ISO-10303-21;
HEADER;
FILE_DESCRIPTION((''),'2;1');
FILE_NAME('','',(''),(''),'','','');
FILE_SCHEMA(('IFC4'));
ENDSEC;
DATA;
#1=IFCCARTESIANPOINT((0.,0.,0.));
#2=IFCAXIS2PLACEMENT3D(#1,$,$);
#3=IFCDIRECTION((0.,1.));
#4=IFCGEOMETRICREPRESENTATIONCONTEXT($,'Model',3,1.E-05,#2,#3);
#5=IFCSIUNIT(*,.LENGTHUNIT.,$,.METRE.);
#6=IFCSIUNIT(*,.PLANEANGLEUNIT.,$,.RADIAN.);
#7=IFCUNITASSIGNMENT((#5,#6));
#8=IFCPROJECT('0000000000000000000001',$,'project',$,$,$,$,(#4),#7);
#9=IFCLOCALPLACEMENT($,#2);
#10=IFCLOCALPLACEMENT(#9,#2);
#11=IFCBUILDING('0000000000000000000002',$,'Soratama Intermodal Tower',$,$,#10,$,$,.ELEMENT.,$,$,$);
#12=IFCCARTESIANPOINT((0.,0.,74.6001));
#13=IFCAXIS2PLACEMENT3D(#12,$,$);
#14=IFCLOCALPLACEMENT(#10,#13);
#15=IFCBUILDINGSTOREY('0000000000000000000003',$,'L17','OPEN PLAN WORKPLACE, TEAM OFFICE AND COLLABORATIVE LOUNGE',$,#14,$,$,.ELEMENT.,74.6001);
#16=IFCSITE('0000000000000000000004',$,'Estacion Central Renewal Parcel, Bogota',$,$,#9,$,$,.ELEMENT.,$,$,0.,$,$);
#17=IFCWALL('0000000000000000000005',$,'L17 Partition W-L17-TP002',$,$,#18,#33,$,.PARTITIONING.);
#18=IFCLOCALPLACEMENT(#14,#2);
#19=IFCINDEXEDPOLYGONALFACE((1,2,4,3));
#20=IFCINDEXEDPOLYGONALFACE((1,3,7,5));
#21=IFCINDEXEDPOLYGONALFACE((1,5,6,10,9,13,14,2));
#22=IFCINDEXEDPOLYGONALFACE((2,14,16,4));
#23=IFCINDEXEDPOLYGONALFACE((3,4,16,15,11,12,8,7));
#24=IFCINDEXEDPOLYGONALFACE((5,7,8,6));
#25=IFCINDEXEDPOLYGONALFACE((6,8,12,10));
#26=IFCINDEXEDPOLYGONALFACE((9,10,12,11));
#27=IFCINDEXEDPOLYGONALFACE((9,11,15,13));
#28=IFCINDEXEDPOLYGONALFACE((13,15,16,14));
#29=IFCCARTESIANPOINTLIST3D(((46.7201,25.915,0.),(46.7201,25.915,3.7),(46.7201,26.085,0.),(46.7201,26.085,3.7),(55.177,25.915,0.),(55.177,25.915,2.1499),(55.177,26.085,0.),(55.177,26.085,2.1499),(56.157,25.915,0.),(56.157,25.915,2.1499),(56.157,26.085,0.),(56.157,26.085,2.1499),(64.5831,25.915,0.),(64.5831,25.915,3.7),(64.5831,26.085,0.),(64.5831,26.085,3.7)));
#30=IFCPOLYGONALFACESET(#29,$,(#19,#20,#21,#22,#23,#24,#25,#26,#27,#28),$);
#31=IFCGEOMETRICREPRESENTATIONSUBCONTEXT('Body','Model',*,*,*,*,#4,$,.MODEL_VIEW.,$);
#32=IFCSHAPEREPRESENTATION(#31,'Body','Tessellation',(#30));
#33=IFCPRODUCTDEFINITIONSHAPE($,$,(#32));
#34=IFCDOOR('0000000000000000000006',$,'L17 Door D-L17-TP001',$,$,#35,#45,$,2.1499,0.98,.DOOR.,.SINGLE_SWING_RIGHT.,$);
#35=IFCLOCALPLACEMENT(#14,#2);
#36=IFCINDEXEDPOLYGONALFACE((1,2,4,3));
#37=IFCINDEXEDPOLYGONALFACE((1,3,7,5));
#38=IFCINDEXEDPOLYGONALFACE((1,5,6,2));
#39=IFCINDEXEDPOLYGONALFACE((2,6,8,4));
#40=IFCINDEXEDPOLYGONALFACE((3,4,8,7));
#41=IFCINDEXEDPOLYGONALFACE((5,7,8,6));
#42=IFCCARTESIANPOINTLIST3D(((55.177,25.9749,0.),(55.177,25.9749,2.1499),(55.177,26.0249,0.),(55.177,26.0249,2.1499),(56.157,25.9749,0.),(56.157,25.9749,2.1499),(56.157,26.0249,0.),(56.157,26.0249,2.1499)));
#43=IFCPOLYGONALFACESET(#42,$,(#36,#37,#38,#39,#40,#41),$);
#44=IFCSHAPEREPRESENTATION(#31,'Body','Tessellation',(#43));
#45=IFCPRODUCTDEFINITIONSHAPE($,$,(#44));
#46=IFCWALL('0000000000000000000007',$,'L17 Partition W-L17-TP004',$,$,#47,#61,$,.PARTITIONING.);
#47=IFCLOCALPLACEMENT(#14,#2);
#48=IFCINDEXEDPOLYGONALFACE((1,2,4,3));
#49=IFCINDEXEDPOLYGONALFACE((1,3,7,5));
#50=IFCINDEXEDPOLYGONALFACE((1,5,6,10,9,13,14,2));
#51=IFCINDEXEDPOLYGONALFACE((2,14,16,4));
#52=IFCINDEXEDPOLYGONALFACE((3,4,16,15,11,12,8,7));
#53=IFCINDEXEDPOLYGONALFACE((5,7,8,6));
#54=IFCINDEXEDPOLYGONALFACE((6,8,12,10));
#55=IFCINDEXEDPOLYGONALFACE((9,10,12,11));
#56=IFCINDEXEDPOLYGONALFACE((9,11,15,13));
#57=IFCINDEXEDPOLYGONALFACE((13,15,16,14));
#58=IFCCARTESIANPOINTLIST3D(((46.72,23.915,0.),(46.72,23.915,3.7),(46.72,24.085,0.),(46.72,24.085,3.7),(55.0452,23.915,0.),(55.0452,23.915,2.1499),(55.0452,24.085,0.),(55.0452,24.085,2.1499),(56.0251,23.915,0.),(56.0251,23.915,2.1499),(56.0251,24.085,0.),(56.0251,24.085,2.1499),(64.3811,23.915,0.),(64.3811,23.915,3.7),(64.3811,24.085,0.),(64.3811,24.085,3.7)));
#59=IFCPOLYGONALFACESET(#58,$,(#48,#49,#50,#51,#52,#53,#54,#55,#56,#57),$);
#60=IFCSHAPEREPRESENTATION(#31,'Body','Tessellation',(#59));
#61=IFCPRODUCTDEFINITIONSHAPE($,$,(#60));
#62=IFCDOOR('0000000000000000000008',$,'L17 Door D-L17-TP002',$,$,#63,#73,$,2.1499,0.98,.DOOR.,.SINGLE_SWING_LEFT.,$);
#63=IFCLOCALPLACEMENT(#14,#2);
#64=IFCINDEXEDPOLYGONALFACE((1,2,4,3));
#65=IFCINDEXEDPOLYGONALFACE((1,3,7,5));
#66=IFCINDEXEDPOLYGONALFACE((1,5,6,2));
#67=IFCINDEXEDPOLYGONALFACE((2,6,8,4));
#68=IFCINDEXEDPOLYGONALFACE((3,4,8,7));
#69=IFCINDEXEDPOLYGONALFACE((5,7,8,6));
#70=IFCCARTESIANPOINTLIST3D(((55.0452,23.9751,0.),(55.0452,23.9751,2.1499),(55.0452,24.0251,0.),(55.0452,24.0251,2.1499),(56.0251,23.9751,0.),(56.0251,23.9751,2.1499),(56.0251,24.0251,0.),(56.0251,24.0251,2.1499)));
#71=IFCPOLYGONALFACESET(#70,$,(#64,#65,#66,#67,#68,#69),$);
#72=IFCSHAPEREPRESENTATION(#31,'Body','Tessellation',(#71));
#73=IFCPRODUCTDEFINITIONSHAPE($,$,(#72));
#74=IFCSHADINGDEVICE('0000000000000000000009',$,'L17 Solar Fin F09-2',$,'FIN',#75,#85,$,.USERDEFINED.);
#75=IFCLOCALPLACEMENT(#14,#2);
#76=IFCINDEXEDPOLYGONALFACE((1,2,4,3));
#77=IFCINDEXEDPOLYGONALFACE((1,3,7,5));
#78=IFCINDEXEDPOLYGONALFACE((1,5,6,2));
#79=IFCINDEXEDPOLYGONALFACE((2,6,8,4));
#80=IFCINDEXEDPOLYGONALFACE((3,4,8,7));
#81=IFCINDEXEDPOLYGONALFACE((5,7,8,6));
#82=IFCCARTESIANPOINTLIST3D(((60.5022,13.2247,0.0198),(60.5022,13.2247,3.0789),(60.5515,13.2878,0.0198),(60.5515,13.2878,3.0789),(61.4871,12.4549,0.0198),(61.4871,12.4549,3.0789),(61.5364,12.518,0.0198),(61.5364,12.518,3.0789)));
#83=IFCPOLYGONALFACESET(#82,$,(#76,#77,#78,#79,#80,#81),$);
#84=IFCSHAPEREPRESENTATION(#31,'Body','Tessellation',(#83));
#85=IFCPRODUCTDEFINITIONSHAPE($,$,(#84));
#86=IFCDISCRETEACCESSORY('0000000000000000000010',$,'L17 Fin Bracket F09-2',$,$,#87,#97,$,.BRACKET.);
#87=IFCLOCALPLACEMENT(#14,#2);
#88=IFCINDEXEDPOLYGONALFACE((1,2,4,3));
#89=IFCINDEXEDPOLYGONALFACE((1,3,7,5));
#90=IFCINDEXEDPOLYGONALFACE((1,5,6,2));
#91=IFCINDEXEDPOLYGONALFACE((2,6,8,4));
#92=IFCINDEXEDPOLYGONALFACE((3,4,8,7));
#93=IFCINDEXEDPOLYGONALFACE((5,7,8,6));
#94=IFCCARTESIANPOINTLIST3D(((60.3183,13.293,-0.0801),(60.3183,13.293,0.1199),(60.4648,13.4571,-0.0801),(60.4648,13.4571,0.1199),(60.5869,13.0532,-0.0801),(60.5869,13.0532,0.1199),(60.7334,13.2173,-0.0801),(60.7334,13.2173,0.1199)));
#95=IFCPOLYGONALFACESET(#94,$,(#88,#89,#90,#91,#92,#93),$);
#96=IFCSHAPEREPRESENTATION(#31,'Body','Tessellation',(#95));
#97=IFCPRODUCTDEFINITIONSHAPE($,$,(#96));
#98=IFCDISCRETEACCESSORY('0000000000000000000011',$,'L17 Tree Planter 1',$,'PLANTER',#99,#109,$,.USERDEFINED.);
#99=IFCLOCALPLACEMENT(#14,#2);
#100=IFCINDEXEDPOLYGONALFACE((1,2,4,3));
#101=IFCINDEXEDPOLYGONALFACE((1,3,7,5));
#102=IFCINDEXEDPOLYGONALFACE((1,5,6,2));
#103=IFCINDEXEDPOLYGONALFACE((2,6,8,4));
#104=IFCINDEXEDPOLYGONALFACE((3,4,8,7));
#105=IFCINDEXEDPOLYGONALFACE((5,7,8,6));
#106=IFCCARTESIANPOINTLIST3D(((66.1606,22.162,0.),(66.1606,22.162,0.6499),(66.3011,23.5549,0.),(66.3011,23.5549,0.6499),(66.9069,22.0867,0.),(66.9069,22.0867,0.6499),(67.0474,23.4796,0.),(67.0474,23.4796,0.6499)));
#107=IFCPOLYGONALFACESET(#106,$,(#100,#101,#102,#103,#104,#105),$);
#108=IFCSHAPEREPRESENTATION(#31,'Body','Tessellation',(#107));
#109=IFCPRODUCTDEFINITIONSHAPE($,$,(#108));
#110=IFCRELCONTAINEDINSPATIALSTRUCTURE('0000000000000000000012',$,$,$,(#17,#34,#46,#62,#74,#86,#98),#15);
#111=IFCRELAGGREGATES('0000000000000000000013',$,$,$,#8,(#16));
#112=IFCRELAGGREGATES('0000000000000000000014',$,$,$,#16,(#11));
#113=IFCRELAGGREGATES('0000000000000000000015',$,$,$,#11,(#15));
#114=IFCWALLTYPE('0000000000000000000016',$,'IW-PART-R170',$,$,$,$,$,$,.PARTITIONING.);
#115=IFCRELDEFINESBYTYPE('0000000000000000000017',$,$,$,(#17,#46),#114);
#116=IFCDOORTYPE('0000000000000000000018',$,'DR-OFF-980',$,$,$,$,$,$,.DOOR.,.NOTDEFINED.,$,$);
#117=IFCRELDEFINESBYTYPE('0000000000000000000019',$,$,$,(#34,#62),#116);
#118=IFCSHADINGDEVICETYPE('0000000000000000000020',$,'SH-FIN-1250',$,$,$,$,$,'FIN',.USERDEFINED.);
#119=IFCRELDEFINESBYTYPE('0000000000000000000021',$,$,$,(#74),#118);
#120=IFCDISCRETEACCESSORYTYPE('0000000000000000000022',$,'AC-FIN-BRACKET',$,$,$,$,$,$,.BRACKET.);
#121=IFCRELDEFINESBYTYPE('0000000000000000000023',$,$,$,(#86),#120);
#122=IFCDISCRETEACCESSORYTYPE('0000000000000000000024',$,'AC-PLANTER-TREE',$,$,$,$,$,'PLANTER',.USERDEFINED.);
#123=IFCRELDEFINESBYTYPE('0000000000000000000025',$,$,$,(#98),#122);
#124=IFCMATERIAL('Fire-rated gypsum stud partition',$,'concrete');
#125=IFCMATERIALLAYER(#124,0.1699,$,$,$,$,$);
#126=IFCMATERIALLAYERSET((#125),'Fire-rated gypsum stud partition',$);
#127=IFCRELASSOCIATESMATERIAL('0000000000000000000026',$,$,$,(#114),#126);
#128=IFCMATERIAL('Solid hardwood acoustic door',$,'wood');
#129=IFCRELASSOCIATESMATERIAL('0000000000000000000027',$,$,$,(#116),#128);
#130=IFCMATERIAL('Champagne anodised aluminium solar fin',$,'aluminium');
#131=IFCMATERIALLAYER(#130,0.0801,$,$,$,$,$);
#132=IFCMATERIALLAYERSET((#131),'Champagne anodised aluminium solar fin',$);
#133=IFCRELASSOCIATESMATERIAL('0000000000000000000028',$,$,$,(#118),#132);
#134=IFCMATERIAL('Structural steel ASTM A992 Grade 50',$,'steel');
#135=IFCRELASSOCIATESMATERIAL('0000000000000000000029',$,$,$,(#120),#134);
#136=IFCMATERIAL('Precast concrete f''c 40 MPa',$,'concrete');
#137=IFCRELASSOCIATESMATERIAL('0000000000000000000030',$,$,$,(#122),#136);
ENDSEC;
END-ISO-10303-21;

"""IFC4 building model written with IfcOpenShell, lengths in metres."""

from ifc_helpers import new_model, si_unit, direction, frame, frame_2d, origin, origin_2d, place, context, subcontext, project, spatial, rectangle, extrude, material, layer, layer_set, type_object, element, fill, save


model = new_model("IFC4")

# Units and contexts
model_context = context("Model", 3, precision=1e-05, world=origin(), true_north=direction((0.0, 1.0)))
body_context = subcontext(model_context, "Body", "Model", "MODEL_VIEW")
ifc_project = project(units=[si_unit("LENGTHUNIT", "METRE"), si_unit("PLANEANGLEUNIT", "RADIAN")], contexts=[model_context])

# Site, building, storey
site_placement = place(None, origin())
site = spatial("IfcSite", under=ifc_project, at=site_placement, Name="Estacion Central Renewal Parcel, Bogota", CompositionType="ELEMENT", RefElevation=0.0)
building_placement = place(site_placement, origin())
building = spatial("IfcBuilding", under=site, at=building_placement, Name="Soratama Intermodal Tower", CompositionType="ELEMENT")
storey_placement = place(building_placement, frame((0.0, 0.0, 74.6001)))
storey = spatial("IfcBuildingStorey", under=building, at=storey_placement, Name="L17", Description="OPEN PLAN WORKPLACE, TEAM OFFICE AND COLLABORATIVE LOUNGE", CompositionType="ELEMENT", Elevation=74.6001)

# Walls, openings, doors
ifc_material_1 = material(Name="Fire-rated gypsum stud partition", Category="concrete")
ifc_layer_1 = layer(ifc_material_1, 0.1699)
ifc_layer_set_1 = layer_set([ifc_layer_1], Name="Fire-rated gypsum stud partition")
wall_type_1 = type_object("IfcWallType", Name="IW-PART-R170", PredefinedType="PARTITIONING", material=ifc_layer_set_1)
wall_1_placement = place(storey_placement, frame((46.72, 26.0, 0.0), z_axis=(0.0, 0.0, 1.0), x_axis=(1.0, 0.0, 0.0)))
wall_1 = element("IfcWall", 1, at=wall_1_placement, inside=storey, type_object=wall_type_1, Name="L17 Partition W-L17-TP002", PredefinedType="PARTITIONING", context=body_context, shape_type="SweptSolid", body=[
    extrude(rectangle(XDim=17.863, YDim=0.1699, at=frame_2d((8.9316, 0.0))), origin(), (0.0, 0.0, 1.0), 3.7),
])
opening_1_placement = place(wall_1_placement, frame((8.457, 0.0, 0.0)))
opening_1 = element("IfcOpeningElement", 2, at=opening_1_placement, cuts=wall_1, PredefinedType="OPENING", context=body_context, shape_type="SweptSolid", body=[
    extrude(rectangle(XDim=0.98, YDim=2.1499, at=frame_2d((0.49, 1.075))), frame((0.0, 0.095, 0.0), z_axis=(0.0, -1.0, 0.0), x_axis=(1.0, 0.0, 0.0)), (0.0, 0.0, 1.0), 0.1899),
])
ifc_material_2 = material(Name="Solid hardwood acoustic door", Category="wood")
door_type_1 = type_object("IfcDoorType", Name="DR-OFF-980", OperationType="NOTDEFINED", PredefinedType="DOOR", material=ifc_material_2)
door_1_placement = place(opening_1_placement, origin())
door_1 = element("IfcDoor", 3, at=door_1_placement, inside=storey, type_object=door_type_1, Name="L17 Door D-L17-TP001", OperationType="SINGLE_SWING_RIGHT", OverallHeight=2.1499, OverallWidth=0.98, PredefinedType="DOOR", context=body_context, shape_type="SweptSolid", body=[
    extrude(rectangle(XDim=0.98, YDim=2.1499, at=frame_2d((0.49, 1.075))), frame((0.0, 0.0249, 0.0), z_axis=(0.0, -1.0, 0.0), x_axis=(1.0, 0.0, 0.0)), (0.0, 0.0, 1.0), 0.05),
])
fill(opening_1, door_1)
wall_2_placement = place(storey_placement, frame((64.3811, 24.0, 0.0), z_axis=(0.0, 0.0, 1.0), x_axis=(-1.0, 0.0, 0.0)))
wall_2 = element("IfcWall", 4, at=wall_2_placement, inside=storey, type_object=wall_type_1, Name="L17 Partition W-L17-TP004", PredefinedType="PARTITIONING", context=body_context, shape_type="SweptSolid", body=[
    extrude(rectangle(XDim=17.6611, YDim=0.1699, at=frame_2d((8.8306, 0.0))), origin(), (0.0, 0.0, 1.0), 3.7),
])
opening_2_placement = place(wall_2_placement, frame((8.356, 0.0, 0.0)))
opening_2 = element("IfcOpeningElement", 5, at=opening_2_placement, cuts=wall_2, PredefinedType="OPENING", context=body_context, shape_type="SweptSolid", body=[
    extrude(rectangle(XDim=0.98, YDim=2.1499, at=frame_2d((0.49, 1.075))), frame((0.0, 0.095, 0.0), z_axis=(0.0, -1.0, 0.0), x_axis=(1.0, 0.0, 0.0)), (0.0, 0.0, 1.0), 0.1899),
])
door_2_placement = place(opening_2_placement, origin())
door_2 = element("IfcDoor", 6, at=door_2_placement, inside=storey, type_object=door_type_1, Name="L17 Door D-L17-TP002", OperationType="SINGLE_SWING_LEFT", OverallHeight=2.1499, OverallWidth=0.98, PredefinedType="DOOR", context=body_context, shape_type="SweptSolid", body=[
    extrude(rectangle(XDim=0.98, YDim=2.1499, at=frame_2d((0.49, 1.075))), frame((0.0, 0.0249, 0.0), z_axis=(0.0, -1.0, 0.0), x_axis=(1.0, 0.0, 0.0)), (0.0, 0.0, 1.0), 0.05),
])
fill(opening_2, door_2)

# Shading device
ifc_material_3 = material(Name="Champagne anodised aluminium solar fin", Category="aluminium")
ifc_layer_2 = layer(ifc_material_3, 0.0801)
ifc_layer_set_2 = layer_set([ifc_layer_2], Name="Champagne anodised aluminium solar fin")
shading_device_type = type_object("IfcShadingDeviceType", Name="SH-FIN-1250", ElementType="FIN", PredefinedType="USERDEFINED", material=ifc_layer_set_2)
shading_device_placement = place(storey_placement, frame((61.0193, 12.8713, 0.0198), z_axis=(0.0, 0.0, 1.0), x_axis=(0.787903, -0.615799, 0.0)))
element("IfcShadingDevice", 7, at=shading_device_placement, inside=storey, type_object=shading_device_type, Name="L17 Solar Fin F09-2", ObjectType="FIN", PredefinedType="USERDEFINED", context=body_context, shape_type="SweptSolid", body=[
    extrude(rectangle(XDim=1.25, YDim=0.0801, at=origin_2d()), origin(), (0.0, 0.0, 1.0), 3.0591),
])

# Discrete accessories
ifc_material_4 = material(Name="Structural steel ASTM A992 Grade 50", Category="steel")
discrete_accessory_type_1 = type_object("IfcDiscreteAccessoryType", Name="AC-FIN-BRACKET", PredefinedType="BRACKET", material=ifc_material_4)
discrete_accessory_1_placement = place(storey_placement, frame((60.5259, 13.2551, -0.0801), z_axis=(0.0, 0.0, 1.0), x_axis=(0.745941, -0.666012, 0.0)))
element("IfcDiscreteAccessory", 8, at=discrete_accessory_1_placement, inside=storey, type_object=discrete_accessory_type_1, Name="L17 Fin Bracket F09-2", PredefinedType="BRACKET", context=body_context, shape_type="SweptSolid", body=[
    extrude(rectangle(XDim=0.3601, YDim=0.22, at=origin_2d()), origin(), (0.0, 0.0, 1.0), 0.2),
])
ifc_material_5 = material(Name="Precast concrete f'c 40 MPa", Category="concrete")
discrete_accessory_type_2 = type_object("IfcDiscreteAccessoryType", Name="AC-PLANTER-TREE", ElementType="PLANTER", PredefinedType="USERDEFINED", material=ifc_material_5)
discrete_accessory_2_placement = place(storey_placement, frame((66.604, 22.8208, 0.0), z_axis=(0.0, 0.0, 1.0), x_axis=(0.994951, -0.100362, 0.0)))
element("IfcDiscreteAccessory", 9, at=discrete_accessory_2_placement, inside=storey, type_object=discrete_accessory_type_2, Name="L17 Tree Planter 1", ObjectType="PLANTER", PredefinedType="USERDEFINED", context=body_context, shape_type="SweptSolid", body=[
    extrude(rectangle(XDim=0.75, YDim=1.3999, at=origin_2d()), origin(), (0.0, 0.0, 1.0), 0.6499),
])

save(model, "model.ifc")
